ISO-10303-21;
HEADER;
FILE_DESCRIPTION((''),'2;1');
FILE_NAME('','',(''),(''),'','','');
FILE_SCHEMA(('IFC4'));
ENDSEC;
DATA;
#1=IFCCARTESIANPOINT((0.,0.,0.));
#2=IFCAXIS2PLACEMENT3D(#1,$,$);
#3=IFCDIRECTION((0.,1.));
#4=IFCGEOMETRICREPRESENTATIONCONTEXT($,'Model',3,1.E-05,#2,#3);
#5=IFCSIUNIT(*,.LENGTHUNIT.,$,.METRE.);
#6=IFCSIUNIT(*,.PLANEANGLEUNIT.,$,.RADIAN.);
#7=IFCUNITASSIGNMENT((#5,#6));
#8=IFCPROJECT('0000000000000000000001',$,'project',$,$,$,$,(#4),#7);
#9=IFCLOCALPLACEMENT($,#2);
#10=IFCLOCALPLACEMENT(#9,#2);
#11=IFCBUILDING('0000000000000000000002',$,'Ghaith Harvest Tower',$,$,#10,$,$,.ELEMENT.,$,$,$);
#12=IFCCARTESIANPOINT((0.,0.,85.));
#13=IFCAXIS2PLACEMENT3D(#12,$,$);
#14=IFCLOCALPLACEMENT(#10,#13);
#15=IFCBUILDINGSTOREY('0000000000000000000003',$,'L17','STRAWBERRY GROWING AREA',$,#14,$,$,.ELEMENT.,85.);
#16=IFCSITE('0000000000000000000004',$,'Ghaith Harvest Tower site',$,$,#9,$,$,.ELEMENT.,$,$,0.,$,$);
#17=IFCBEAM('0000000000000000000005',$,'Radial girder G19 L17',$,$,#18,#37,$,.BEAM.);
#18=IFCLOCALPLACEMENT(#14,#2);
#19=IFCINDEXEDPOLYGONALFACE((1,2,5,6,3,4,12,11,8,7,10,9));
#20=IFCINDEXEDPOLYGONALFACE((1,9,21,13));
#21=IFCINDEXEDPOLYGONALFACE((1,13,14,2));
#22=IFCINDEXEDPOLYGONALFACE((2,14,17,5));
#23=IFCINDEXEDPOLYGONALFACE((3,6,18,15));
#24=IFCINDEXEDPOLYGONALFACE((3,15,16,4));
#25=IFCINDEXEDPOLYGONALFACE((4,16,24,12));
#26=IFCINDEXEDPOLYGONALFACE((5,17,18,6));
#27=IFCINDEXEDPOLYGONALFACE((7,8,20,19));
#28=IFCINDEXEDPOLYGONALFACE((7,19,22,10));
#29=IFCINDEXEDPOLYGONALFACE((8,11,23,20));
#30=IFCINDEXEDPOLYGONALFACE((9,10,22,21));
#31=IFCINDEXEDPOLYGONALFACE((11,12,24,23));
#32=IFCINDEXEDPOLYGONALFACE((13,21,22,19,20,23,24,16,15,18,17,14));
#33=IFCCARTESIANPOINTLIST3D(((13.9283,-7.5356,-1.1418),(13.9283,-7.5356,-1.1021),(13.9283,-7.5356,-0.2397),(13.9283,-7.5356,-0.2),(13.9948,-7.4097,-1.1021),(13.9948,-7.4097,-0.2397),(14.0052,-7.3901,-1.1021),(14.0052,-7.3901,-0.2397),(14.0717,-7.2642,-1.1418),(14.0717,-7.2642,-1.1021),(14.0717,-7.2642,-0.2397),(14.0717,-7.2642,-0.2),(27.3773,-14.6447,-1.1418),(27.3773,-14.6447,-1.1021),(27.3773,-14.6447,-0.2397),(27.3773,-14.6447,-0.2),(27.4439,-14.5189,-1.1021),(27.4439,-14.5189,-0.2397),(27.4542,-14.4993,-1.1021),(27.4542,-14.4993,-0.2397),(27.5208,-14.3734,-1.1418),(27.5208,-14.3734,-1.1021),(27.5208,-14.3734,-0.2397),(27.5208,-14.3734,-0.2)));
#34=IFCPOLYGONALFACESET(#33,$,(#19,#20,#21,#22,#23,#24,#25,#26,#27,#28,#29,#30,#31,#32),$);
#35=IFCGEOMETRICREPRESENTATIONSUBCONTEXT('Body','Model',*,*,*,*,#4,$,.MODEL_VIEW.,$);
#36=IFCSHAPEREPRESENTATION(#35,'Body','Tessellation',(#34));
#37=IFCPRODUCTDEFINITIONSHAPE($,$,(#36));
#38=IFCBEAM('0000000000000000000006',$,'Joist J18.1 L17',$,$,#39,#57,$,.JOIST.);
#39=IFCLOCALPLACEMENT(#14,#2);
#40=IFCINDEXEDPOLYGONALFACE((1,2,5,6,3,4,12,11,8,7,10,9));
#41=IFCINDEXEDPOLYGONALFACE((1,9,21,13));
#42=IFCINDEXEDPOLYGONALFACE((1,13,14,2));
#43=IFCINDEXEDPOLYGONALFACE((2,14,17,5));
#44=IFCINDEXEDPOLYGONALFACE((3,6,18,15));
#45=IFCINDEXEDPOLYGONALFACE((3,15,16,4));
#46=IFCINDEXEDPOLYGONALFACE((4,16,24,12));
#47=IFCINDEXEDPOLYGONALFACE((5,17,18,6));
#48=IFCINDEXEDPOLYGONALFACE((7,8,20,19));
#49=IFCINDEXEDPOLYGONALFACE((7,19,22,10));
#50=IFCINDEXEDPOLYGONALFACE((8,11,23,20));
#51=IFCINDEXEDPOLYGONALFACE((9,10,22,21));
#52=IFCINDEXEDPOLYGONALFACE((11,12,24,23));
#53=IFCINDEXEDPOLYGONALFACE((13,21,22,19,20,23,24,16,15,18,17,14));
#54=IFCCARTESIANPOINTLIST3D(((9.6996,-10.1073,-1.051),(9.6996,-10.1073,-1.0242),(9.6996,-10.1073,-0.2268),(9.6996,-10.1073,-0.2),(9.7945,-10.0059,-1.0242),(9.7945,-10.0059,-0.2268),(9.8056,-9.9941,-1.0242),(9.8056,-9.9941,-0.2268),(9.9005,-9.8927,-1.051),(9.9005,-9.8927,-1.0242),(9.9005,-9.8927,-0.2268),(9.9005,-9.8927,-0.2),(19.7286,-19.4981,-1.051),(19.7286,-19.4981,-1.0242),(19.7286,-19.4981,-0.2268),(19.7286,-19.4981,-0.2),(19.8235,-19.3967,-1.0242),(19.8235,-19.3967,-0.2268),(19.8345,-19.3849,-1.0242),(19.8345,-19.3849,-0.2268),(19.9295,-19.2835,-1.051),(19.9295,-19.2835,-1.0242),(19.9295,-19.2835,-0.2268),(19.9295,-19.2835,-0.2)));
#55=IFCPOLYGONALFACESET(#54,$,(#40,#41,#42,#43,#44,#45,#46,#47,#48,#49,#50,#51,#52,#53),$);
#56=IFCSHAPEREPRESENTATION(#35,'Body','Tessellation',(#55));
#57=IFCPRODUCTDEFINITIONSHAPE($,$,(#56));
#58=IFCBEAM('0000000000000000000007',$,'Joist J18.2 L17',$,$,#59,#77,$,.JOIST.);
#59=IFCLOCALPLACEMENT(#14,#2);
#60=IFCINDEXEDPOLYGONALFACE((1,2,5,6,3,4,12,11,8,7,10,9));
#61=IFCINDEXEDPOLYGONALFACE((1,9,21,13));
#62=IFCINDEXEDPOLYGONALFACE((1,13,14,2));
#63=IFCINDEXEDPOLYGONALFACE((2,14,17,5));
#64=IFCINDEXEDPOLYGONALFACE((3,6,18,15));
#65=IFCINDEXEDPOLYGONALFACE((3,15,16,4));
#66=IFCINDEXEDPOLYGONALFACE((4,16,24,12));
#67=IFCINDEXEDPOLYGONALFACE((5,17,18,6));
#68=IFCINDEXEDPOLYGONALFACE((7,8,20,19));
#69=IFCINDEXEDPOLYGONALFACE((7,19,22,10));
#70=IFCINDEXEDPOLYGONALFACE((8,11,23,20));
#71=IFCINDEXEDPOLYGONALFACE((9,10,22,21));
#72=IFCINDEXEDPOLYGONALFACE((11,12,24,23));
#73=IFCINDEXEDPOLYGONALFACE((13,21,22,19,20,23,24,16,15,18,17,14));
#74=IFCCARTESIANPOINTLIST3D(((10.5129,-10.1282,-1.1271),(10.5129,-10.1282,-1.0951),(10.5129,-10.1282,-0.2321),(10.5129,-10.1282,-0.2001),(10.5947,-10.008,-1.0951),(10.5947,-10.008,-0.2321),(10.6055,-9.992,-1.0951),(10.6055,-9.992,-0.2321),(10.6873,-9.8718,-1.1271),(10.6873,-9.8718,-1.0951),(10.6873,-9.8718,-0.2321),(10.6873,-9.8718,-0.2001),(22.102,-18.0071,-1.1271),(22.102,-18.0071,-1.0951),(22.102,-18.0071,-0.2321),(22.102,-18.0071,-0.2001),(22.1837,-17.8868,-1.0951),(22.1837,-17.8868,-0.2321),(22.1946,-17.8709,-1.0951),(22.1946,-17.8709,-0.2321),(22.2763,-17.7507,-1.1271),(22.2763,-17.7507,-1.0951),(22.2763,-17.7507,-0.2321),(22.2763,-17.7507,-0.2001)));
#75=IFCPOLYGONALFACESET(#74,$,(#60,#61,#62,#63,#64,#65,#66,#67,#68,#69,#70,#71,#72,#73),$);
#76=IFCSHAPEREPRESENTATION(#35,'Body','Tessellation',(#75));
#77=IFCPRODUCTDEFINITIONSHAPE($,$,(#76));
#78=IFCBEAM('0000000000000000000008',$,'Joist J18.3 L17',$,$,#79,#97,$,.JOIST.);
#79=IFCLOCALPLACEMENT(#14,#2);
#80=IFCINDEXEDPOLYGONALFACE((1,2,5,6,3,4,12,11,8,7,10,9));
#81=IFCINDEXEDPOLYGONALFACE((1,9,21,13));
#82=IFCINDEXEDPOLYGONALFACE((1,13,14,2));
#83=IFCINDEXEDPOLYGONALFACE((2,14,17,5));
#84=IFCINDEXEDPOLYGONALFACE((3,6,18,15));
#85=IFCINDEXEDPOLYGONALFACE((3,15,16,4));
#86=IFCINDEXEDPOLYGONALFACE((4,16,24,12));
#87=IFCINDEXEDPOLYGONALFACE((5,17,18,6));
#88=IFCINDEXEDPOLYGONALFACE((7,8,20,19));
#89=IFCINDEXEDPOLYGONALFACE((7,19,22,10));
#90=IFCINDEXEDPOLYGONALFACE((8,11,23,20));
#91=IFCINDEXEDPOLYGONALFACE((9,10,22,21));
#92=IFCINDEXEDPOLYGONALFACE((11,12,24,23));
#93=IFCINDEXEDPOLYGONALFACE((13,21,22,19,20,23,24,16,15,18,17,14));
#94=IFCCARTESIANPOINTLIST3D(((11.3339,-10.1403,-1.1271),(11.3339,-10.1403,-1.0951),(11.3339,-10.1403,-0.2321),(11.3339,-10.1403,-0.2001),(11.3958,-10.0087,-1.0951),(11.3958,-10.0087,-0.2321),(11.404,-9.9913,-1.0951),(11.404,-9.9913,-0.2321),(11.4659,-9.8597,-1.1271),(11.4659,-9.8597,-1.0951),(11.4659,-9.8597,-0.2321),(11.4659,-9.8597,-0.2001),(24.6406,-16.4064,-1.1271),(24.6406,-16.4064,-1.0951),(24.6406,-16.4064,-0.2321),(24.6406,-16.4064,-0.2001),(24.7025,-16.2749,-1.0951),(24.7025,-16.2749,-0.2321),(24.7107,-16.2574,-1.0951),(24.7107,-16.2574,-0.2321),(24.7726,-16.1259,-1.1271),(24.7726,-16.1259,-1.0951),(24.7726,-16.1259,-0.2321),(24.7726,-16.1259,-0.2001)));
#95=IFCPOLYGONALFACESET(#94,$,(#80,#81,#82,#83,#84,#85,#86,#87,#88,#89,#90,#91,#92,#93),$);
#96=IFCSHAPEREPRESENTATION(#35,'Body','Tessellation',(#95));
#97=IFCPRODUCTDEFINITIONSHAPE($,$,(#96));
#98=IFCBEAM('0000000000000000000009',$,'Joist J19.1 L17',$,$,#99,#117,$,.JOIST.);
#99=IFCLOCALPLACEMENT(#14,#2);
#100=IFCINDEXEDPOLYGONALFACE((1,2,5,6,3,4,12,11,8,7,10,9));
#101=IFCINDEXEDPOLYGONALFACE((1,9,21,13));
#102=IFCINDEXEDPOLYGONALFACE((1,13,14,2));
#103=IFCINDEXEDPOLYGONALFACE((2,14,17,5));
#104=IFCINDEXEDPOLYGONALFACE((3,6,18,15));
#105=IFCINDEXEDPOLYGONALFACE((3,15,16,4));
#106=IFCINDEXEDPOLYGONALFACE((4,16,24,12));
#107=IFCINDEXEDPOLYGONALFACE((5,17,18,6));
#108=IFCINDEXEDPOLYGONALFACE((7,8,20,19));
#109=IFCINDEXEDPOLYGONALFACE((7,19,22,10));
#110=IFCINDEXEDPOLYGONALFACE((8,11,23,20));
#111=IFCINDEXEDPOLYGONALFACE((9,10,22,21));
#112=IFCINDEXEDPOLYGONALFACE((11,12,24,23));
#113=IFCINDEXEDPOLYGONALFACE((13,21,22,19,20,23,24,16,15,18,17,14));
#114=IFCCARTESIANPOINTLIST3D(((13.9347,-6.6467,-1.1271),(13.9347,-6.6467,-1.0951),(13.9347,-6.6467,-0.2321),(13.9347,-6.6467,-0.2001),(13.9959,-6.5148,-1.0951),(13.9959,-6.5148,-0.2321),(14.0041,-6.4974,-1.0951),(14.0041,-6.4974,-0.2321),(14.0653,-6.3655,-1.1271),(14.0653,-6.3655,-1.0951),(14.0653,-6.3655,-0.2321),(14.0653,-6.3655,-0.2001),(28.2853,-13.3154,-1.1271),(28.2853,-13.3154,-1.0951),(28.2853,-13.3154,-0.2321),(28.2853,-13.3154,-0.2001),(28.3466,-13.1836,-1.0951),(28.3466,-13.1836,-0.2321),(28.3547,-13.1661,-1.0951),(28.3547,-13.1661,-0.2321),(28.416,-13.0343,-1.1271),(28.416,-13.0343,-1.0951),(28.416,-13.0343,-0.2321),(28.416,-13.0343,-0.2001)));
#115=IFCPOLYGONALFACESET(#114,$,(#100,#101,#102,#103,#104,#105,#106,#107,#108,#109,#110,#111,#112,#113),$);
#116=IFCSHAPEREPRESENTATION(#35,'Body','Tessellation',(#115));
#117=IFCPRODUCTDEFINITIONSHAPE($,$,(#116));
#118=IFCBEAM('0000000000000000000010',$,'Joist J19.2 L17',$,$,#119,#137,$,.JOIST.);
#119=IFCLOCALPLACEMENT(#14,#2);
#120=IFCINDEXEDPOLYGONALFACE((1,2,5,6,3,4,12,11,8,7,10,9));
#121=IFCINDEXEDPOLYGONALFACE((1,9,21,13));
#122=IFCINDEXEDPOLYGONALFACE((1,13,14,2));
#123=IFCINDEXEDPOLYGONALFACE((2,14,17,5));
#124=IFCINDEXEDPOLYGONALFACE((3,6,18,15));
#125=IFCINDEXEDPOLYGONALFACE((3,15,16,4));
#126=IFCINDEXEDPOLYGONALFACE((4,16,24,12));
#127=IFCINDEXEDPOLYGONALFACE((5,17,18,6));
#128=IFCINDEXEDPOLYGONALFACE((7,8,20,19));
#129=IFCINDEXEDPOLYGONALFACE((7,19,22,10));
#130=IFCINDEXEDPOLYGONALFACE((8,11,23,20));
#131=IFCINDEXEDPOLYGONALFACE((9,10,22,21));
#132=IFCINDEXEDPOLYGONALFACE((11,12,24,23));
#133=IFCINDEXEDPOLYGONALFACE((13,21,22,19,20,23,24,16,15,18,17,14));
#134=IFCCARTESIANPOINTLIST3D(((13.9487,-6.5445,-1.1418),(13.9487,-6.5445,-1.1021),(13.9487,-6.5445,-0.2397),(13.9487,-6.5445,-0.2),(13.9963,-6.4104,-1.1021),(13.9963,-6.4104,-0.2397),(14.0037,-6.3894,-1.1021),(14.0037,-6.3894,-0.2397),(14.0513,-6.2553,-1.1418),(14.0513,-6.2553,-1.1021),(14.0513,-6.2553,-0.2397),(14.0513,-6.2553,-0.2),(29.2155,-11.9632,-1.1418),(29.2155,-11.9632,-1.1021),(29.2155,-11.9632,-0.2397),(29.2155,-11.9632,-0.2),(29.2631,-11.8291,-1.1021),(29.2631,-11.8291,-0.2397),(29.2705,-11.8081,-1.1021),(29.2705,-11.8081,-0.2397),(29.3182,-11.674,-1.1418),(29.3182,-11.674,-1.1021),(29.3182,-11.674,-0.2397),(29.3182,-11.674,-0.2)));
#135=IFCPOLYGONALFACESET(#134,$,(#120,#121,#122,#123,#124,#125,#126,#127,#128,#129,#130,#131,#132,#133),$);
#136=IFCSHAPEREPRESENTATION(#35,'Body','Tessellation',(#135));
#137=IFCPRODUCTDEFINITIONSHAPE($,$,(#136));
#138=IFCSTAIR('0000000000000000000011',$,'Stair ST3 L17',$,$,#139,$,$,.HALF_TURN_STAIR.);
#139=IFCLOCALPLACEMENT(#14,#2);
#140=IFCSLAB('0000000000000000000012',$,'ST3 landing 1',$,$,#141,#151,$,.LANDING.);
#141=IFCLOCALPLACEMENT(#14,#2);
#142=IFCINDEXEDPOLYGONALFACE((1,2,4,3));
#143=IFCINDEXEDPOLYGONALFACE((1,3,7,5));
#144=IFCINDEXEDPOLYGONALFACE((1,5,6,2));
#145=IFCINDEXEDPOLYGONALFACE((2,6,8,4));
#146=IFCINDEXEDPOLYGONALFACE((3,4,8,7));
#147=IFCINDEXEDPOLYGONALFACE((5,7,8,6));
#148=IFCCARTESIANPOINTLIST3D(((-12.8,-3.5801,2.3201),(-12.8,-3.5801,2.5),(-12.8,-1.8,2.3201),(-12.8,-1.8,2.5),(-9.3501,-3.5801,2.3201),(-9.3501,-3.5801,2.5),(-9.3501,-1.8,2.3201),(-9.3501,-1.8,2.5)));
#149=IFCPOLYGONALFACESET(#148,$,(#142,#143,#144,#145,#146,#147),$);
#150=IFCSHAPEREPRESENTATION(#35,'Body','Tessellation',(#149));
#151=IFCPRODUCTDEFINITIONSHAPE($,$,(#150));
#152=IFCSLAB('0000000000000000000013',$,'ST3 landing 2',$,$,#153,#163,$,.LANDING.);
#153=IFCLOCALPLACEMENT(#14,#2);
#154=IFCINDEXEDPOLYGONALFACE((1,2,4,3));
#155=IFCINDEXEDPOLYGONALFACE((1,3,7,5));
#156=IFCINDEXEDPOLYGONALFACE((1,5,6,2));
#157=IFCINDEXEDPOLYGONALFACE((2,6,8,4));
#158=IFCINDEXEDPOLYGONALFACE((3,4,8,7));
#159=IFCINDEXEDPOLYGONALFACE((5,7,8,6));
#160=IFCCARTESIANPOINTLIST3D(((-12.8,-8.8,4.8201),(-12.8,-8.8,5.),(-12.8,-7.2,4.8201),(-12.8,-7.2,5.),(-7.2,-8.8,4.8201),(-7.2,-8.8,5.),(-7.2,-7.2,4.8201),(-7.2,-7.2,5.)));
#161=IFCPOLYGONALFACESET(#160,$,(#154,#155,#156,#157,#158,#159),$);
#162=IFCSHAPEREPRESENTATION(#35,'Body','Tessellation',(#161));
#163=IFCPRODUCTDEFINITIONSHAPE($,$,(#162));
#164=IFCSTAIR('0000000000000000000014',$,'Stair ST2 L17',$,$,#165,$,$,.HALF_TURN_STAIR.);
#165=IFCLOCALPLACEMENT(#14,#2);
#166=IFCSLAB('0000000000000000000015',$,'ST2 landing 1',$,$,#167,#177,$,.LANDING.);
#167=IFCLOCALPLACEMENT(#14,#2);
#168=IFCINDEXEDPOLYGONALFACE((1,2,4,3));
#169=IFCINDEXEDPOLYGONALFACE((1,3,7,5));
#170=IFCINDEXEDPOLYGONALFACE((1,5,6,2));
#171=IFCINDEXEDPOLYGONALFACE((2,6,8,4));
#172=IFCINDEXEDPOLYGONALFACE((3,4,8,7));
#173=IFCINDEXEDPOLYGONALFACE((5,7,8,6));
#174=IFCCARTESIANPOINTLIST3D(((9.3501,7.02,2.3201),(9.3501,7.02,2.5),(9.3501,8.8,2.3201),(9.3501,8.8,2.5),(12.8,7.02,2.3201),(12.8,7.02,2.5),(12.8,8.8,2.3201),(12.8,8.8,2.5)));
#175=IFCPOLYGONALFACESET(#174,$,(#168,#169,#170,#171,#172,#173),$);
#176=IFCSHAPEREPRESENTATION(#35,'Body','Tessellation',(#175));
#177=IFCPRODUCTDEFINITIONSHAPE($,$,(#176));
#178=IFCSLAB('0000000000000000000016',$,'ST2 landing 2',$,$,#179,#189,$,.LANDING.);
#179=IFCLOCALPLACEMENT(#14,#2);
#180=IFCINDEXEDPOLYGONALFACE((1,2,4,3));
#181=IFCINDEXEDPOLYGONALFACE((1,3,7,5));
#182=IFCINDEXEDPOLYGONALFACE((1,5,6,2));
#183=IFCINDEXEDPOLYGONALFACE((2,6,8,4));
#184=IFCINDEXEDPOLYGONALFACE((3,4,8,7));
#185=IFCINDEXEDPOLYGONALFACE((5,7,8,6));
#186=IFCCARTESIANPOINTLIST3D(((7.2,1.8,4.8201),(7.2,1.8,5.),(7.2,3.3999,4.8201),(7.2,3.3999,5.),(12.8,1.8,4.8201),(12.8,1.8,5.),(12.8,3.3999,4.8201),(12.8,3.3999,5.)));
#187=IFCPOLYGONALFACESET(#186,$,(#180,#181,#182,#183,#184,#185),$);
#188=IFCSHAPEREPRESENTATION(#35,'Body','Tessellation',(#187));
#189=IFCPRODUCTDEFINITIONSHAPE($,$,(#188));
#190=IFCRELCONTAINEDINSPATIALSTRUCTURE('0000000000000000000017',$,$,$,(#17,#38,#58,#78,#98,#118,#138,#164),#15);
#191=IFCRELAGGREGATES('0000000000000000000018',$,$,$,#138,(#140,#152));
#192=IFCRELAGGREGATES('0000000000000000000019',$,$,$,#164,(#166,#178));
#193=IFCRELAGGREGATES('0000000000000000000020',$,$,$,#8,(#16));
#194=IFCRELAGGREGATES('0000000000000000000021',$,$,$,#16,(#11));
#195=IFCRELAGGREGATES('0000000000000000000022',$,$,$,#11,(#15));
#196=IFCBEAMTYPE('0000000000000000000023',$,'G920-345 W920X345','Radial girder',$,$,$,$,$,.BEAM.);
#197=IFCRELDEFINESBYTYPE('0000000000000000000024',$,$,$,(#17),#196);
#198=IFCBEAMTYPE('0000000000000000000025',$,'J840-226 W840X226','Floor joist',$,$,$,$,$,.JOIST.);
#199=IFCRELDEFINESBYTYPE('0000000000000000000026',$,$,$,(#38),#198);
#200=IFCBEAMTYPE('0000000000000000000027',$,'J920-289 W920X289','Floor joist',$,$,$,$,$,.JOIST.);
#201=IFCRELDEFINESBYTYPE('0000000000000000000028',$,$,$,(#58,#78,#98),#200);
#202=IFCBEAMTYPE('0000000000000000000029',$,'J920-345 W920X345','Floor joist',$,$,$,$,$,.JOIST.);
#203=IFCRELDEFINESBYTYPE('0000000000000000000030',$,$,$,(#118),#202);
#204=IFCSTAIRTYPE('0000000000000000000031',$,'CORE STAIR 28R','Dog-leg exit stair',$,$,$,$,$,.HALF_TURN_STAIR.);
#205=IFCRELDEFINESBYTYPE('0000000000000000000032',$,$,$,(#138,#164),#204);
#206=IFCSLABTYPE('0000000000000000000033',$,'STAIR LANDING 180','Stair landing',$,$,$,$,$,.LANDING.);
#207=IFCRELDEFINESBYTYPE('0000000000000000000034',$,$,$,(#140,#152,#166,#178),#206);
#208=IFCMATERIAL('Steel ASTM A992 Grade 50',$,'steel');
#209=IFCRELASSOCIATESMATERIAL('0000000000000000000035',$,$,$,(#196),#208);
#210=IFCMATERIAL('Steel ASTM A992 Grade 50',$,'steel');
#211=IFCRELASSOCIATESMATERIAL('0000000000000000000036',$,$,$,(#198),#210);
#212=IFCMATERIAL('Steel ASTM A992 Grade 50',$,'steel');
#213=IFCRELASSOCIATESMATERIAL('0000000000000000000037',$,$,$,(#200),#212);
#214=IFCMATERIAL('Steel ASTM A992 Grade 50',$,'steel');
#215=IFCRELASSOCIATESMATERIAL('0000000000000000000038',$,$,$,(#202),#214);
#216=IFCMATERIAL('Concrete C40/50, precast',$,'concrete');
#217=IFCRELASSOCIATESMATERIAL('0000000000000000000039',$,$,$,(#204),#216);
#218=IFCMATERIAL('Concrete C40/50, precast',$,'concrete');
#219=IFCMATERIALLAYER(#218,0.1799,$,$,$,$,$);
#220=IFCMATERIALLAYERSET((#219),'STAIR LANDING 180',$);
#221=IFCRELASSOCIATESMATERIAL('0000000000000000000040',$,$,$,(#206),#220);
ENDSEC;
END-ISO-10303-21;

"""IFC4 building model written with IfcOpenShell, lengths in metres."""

from ifc_helpers import new_model, si_unit, direction, frame, origin, origin_2d, place, context, subcontext, project, spatial, polyline, i_section, outline, extrude, material, layer, layer_set, material_profile, profile_set, type_object, element, aggregate, save


model = new_model("IFC4")

# Units and contexts
model_context = context("Model", 3, precision=1e-05, world=origin(), true_north=direction((0.0, 1.0)))
body_context = subcontext(model_context, "Body", "Model", "MODEL_VIEW")
ifc_project = project(units=[si_unit("LENGTHUNIT", "METRE"), si_unit("PLANEANGLEUNIT", "RADIAN")], contexts=[model_context])

# Site, building, storey
site_placement = place(None, origin())
site = spatial("IfcSite", under=ifc_project, at=site_placement, Name="Ghaith Harvest Tower site", CompositionType="ELEMENT", RefElevation=0.0)
building_placement = place(site_placement, origin())
building = spatial("IfcBuilding", under=site, at=building_placement, Name="Ghaith Harvest Tower", CompositionType="ELEMENT")
storey_placement = place(building_placement, frame((0.0, 0.0, 85.0)))
storey = spatial("IfcBuildingStorey", under=building, at=storey_placement, Name="L17", Description="STRAWBERRY GROWING AREA", CompositionType="ELEMENT", Elevation=85.0)

# Beams
ifc_material_1 = material(Name="Steel ASTM A992 Grade 50", Category="steel")
ifc_material_profile_1 = material_profile(ifc_material_1, i_section(OverallWidth=0.3069, OverallDepth=0.9419, WebThickness=0.0222, FlangeThickness=0.0398, at=origin_2d()), Name="W920X345")
ifc_profile_set_1 = profile_set([ifc_material_profile_1], Name="Steel ASTM A992 Grade 50")
beam_type_1 = type_object("IfcBeamType", Name="G920-345 W920X345", Description="Radial girder", PredefinedType="BEAM", material=ifc_profile_set_1)
beam_1_placement = place(storey_placement, frame((14.0, -7.3999, -0.6709), z_axis=(0.884084, -0.467327, 0.0), x_axis=(0.467327, 0.884084, 0.0)))
element("IfcBeam", 1, at=beam_1_placement, inside=storey, type_object=beam_type_1, Name="Radial girder G19 L17", PredefinedType="BEAM", context=body_context, shape_type="SweptSolid", body=[
    extrude(i_section(OverallWidth=0.3069, OverallDepth=0.9419, WebThickness=0.0222, FlangeThickness=0.0398, at=origin_2d()), origin(), (0.0, 0.0, 1.0), 15.2124),
])
ifc_material_2 = material(Name="Steel ASTM A992 Grade 50", Category="steel")
ifc_material_profile_2 = material_profile(ifc_material_2, i_section(OverallWidth=0.2939, OverallDepth=0.8511, WebThickness=0.0161, FlangeThickness=0.0269, at=origin_2d()), Name="W840X226")
ifc_profile_set_2 = profile_set([ifc_material_profile_2], Name="Steel ASTM A992 Grade 50")
beam_type_2 = type_object("IfcBeamType", Name="J840-226 W840X226", Description="Floor joist", PredefinedType="JOIST", material=ifc_profile_set_2)
beam_2_placement = place(storey_placement, frame((9.8, -10.0, -0.6255), z_axis=(0.72995, -0.683501, 0.0), x_axis=(0.683501, 0.72995, 0.0)))
element("IfcBeam", 2, at=beam_2_placement, inside=storey, type_object=beam_type_2, Name="Joist J18.1 L17", PredefinedType="JOIST", context=body_context, shape_type="SweptSolid", body=[
    extrude(i_section(OverallWidth=0.2939, OverallDepth=0.8511, WebThickness=0.0161, FlangeThickness=0.0269, at=origin_2d()), origin(), (0.0, 0.0, 1.0), 13.7393),
])
ifc_material_3 = material(Name="Steel ASTM A992 Grade 50", Category="steel")
ifc_material_profile_3 = material_profile(ifc_material_3, i_section(OverallWidth=0.3101, OverallDepth=0.927, WebThickness=0.0193, FlangeThickness=0.032, at=origin_2d()), Name="W920X289")
ifc_profile_set_3 = profile_set([ifc_material_profile_3], Name="Steel ASTM A992 Grade 50")
beam_type_3 = type_object("IfcBeamType", Name="J920-289 W920X289", Description="Floor joist", PredefinedType="JOIST", material=ifc_profile_set_3)
beam_3_placement = place(storey_placement, frame((10.6001, -10.0, -0.6636), z_axis=(0.826983, -0.562228, 0.0), x_axis=(0.562228, 0.826983, 0.0)))
element("IfcBeam", 3, at=beam_3_placement, inside=storey, type_object=beam_type_3, Name="Joist J18.2 L17", PredefinedType="JOIST", context=body_context, shape_type="SweptSolid", body=[
    extrude(i_section(OverallWidth=0.3101, OverallDepth=0.927, WebThickness=0.0193, FlangeThickness=0.032, at=origin_2d()), origin(), (0.0, 0.0, 1.0), 14.0137),
])
beam_4_placement = place(storey_placement, frame((11.3999, -10.0, -0.6636), z_axis=(0.90471, -0.426029, 0.0), x_axis=(0.426029, 0.90471, 0.0)))
element("IfcBeam", 4, at=beam_4_placement, inside=storey, type_object=beam_type_3, Name="Joist J18.3 L17", PredefinedType="JOIST", context=body_context, shape_type="SweptSolid", body=[
    extrude(i_section(OverallWidth=0.3101, OverallDepth=0.927, WebThickness=0.0193, FlangeThickness=0.032, at=origin_2d()), origin(), (0.0, 0.0, 1.0), 14.7083),
])
beam_5_placement = place(storey_placement, frame((14.0, -6.5061, -0.6636), z_axis=(0.906866, -0.42142, 0.0), x_axis=(0.42142, 0.906866, 0.0)))
element("IfcBeam", 5, at=beam_5_placement, inside=storey, type_object=beam_type_3, Name="Joist J19.1 L17", PredefinedType="JOIST", context=body_context, shape_type="SweptSolid", body=[
    extrude(i_section(OverallWidth=0.3101, OverallDepth=0.927, WebThickness=0.0193, FlangeThickness=0.032, at=origin_2d()), origin(), (0.0, 0.0, 1.0), 15.8245),
])
ifc_material_4 = material(Name="Steel ASTM A992 Grade 50", Category="steel")
ifc_material_profile_4 = material_profile(ifc_material_4, i_section(OverallWidth=0.3069, OverallDepth=0.9419, WebThickness=0.0222, FlangeThickness=0.0398, at=origin_2d()), Name="W920X345")
ifc_profile_set_4 = profile_set([ifc_material_profile_4], Name="Steel ASTM A992 Grade 50")
beam_type_4 = type_object("IfcBeamType", Name="J920-345 W920X345", Description="Floor joist", PredefinedType="JOIST", material=ifc_profile_set_4)
beam_6_placement = place(storey_placement, frame((14.0, -6.3999, -0.6709), z_axis=(0.9424, -0.334488, 0.0), x_axis=(0.334488, 0.9424, 0.0)))
element("IfcBeam", 6, at=beam_6_placement, inside=storey, type_object=beam_type_4, Name="Joist J19.2 L17", PredefinedType="JOIST", context=body_context, shape_type="SweptSolid", body=[
    extrude(i_section(OverallWidth=0.3069, OverallDepth=0.9419, WebThickness=0.0222, FlangeThickness=0.0398, at=origin_2d()), origin(), (0.0, 0.0, 1.0), 16.2),
])

# Stairs, slabs
ifc_material_5 = material(Name="Concrete C40/50, precast", Category="concrete")
stair_type = type_object("IfcStairType", Name="CORE STAIR 28R", Description="Dog-leg exit stair", PredefinedType="HALF_TURN_STAIR", material=ifc_material_5)
stair_1_placement = place(storey_placement, origin())
stair_1 = element("IfcStair", 7, at=stair_1_placement, inside=storey, type_object=stair_type, Name="Stair ST3 L17", PredefinedType="HALF_TURN_STAIR")
ifc_material_6 = material(Name="Concrete C40/50, precast", Category="concrete")
ifc_layer_1 = layer(ifc_material_6, 0.1799)
ifc_layer_set_1 = layer_set([ifc_layer_1], Name="STAIR LANDING 180")
slab_type = type_object("IfcSlabType", Name="STAIR LANDING 180", Description="Stair landing", PredefinedType="LANDING", material=ifc_layer_set_1)
slab_1_placement = place(storey_placement, frame((0.0, 0.0, 2.3201)))
slab_1 = element("IfcSlab", 8, at=slab_1_placement, type_object=slab_type, Name="ST3 landing 1", PredefinedType="LANDING", context=body_context, shape_type="SweptSolid", body=[
    extrude(outline(polyline([(-12.8, -3.5801), (-12.8, -1.8), (-9.3501, -1.8), (-9.3501, -3.5801), (-12.8, -3.5801)])), origin(), (0.0, 0.0, 1.0), 0.1799),
])
slab_2_placement = place(storey_placement, frame((0.0, 0.0, 4.8201)))
slab_2 = element("IfcSlab", 9, at=slab_2_placement, type_object=slab_type, Name="ST3 landing 2", PredefinedType="LANDING", context=body_context, shape_type="SweptSolid", body=[
    extrude(outline(polyline([(-12.8, -8.8), (-12.8, -7.2), (-7.2, -7.2), (-7.2, -8.8), (-12.8, -8.8)])), origin(), (0.0, 0.0, 1.0), 0.1799),
])
aggregate(stair_1, [slab_1, slab_2])
stair_2_placement = place(storey_placement, origin())
stair_2 = element("IfcStair", 10, at=stair_2_placement, inside=storey, type_object=stair_type, Name="Stair ST2 L17", PredefinedType="HALF_TURN_STAIR")
slab_3_placement = place(storey_placement, frame((0.0, 0.0, 2.3201)))
slab_3 = element("IfcSlab", 11, at=slab_3_placement, type_object=slab_type, Name="ST2 landing 1", PredefinedType="LANDING", context=body_context, shape_type="SweptSolid", body=[
    extrude(outline(polyline([(12.8, 7.02), (12.8, 8.8), (9.3501, 8.8), (9.3501, 7.02), (12.8, 7.02)])), origin(), (0.0, 0.0, 1.0), 0.1799),
])
slab_4_placement = place(storey_placement, frame((0.0, 0.0, 4.8201)))
slab_4 = element("IfcSlab", 12, at=slab_4_placement, type_object=slab_type, Name="ST2 landing 2", PredefinedType="LANDING", context=body_context, shape_type="SweptSolid", body=[
    extrude(outline(polyline([(12.8, 1.8), (12.8, 3.3999), (7.2, 3.3999), (7.2, 1.8), (12.8, 1.8)])), origin(), (0.0, 0.0, 1.0), 0.1799),
])
aggregate(stair_2, [slab_3, slab_4])

save(model, "model.ifc")
